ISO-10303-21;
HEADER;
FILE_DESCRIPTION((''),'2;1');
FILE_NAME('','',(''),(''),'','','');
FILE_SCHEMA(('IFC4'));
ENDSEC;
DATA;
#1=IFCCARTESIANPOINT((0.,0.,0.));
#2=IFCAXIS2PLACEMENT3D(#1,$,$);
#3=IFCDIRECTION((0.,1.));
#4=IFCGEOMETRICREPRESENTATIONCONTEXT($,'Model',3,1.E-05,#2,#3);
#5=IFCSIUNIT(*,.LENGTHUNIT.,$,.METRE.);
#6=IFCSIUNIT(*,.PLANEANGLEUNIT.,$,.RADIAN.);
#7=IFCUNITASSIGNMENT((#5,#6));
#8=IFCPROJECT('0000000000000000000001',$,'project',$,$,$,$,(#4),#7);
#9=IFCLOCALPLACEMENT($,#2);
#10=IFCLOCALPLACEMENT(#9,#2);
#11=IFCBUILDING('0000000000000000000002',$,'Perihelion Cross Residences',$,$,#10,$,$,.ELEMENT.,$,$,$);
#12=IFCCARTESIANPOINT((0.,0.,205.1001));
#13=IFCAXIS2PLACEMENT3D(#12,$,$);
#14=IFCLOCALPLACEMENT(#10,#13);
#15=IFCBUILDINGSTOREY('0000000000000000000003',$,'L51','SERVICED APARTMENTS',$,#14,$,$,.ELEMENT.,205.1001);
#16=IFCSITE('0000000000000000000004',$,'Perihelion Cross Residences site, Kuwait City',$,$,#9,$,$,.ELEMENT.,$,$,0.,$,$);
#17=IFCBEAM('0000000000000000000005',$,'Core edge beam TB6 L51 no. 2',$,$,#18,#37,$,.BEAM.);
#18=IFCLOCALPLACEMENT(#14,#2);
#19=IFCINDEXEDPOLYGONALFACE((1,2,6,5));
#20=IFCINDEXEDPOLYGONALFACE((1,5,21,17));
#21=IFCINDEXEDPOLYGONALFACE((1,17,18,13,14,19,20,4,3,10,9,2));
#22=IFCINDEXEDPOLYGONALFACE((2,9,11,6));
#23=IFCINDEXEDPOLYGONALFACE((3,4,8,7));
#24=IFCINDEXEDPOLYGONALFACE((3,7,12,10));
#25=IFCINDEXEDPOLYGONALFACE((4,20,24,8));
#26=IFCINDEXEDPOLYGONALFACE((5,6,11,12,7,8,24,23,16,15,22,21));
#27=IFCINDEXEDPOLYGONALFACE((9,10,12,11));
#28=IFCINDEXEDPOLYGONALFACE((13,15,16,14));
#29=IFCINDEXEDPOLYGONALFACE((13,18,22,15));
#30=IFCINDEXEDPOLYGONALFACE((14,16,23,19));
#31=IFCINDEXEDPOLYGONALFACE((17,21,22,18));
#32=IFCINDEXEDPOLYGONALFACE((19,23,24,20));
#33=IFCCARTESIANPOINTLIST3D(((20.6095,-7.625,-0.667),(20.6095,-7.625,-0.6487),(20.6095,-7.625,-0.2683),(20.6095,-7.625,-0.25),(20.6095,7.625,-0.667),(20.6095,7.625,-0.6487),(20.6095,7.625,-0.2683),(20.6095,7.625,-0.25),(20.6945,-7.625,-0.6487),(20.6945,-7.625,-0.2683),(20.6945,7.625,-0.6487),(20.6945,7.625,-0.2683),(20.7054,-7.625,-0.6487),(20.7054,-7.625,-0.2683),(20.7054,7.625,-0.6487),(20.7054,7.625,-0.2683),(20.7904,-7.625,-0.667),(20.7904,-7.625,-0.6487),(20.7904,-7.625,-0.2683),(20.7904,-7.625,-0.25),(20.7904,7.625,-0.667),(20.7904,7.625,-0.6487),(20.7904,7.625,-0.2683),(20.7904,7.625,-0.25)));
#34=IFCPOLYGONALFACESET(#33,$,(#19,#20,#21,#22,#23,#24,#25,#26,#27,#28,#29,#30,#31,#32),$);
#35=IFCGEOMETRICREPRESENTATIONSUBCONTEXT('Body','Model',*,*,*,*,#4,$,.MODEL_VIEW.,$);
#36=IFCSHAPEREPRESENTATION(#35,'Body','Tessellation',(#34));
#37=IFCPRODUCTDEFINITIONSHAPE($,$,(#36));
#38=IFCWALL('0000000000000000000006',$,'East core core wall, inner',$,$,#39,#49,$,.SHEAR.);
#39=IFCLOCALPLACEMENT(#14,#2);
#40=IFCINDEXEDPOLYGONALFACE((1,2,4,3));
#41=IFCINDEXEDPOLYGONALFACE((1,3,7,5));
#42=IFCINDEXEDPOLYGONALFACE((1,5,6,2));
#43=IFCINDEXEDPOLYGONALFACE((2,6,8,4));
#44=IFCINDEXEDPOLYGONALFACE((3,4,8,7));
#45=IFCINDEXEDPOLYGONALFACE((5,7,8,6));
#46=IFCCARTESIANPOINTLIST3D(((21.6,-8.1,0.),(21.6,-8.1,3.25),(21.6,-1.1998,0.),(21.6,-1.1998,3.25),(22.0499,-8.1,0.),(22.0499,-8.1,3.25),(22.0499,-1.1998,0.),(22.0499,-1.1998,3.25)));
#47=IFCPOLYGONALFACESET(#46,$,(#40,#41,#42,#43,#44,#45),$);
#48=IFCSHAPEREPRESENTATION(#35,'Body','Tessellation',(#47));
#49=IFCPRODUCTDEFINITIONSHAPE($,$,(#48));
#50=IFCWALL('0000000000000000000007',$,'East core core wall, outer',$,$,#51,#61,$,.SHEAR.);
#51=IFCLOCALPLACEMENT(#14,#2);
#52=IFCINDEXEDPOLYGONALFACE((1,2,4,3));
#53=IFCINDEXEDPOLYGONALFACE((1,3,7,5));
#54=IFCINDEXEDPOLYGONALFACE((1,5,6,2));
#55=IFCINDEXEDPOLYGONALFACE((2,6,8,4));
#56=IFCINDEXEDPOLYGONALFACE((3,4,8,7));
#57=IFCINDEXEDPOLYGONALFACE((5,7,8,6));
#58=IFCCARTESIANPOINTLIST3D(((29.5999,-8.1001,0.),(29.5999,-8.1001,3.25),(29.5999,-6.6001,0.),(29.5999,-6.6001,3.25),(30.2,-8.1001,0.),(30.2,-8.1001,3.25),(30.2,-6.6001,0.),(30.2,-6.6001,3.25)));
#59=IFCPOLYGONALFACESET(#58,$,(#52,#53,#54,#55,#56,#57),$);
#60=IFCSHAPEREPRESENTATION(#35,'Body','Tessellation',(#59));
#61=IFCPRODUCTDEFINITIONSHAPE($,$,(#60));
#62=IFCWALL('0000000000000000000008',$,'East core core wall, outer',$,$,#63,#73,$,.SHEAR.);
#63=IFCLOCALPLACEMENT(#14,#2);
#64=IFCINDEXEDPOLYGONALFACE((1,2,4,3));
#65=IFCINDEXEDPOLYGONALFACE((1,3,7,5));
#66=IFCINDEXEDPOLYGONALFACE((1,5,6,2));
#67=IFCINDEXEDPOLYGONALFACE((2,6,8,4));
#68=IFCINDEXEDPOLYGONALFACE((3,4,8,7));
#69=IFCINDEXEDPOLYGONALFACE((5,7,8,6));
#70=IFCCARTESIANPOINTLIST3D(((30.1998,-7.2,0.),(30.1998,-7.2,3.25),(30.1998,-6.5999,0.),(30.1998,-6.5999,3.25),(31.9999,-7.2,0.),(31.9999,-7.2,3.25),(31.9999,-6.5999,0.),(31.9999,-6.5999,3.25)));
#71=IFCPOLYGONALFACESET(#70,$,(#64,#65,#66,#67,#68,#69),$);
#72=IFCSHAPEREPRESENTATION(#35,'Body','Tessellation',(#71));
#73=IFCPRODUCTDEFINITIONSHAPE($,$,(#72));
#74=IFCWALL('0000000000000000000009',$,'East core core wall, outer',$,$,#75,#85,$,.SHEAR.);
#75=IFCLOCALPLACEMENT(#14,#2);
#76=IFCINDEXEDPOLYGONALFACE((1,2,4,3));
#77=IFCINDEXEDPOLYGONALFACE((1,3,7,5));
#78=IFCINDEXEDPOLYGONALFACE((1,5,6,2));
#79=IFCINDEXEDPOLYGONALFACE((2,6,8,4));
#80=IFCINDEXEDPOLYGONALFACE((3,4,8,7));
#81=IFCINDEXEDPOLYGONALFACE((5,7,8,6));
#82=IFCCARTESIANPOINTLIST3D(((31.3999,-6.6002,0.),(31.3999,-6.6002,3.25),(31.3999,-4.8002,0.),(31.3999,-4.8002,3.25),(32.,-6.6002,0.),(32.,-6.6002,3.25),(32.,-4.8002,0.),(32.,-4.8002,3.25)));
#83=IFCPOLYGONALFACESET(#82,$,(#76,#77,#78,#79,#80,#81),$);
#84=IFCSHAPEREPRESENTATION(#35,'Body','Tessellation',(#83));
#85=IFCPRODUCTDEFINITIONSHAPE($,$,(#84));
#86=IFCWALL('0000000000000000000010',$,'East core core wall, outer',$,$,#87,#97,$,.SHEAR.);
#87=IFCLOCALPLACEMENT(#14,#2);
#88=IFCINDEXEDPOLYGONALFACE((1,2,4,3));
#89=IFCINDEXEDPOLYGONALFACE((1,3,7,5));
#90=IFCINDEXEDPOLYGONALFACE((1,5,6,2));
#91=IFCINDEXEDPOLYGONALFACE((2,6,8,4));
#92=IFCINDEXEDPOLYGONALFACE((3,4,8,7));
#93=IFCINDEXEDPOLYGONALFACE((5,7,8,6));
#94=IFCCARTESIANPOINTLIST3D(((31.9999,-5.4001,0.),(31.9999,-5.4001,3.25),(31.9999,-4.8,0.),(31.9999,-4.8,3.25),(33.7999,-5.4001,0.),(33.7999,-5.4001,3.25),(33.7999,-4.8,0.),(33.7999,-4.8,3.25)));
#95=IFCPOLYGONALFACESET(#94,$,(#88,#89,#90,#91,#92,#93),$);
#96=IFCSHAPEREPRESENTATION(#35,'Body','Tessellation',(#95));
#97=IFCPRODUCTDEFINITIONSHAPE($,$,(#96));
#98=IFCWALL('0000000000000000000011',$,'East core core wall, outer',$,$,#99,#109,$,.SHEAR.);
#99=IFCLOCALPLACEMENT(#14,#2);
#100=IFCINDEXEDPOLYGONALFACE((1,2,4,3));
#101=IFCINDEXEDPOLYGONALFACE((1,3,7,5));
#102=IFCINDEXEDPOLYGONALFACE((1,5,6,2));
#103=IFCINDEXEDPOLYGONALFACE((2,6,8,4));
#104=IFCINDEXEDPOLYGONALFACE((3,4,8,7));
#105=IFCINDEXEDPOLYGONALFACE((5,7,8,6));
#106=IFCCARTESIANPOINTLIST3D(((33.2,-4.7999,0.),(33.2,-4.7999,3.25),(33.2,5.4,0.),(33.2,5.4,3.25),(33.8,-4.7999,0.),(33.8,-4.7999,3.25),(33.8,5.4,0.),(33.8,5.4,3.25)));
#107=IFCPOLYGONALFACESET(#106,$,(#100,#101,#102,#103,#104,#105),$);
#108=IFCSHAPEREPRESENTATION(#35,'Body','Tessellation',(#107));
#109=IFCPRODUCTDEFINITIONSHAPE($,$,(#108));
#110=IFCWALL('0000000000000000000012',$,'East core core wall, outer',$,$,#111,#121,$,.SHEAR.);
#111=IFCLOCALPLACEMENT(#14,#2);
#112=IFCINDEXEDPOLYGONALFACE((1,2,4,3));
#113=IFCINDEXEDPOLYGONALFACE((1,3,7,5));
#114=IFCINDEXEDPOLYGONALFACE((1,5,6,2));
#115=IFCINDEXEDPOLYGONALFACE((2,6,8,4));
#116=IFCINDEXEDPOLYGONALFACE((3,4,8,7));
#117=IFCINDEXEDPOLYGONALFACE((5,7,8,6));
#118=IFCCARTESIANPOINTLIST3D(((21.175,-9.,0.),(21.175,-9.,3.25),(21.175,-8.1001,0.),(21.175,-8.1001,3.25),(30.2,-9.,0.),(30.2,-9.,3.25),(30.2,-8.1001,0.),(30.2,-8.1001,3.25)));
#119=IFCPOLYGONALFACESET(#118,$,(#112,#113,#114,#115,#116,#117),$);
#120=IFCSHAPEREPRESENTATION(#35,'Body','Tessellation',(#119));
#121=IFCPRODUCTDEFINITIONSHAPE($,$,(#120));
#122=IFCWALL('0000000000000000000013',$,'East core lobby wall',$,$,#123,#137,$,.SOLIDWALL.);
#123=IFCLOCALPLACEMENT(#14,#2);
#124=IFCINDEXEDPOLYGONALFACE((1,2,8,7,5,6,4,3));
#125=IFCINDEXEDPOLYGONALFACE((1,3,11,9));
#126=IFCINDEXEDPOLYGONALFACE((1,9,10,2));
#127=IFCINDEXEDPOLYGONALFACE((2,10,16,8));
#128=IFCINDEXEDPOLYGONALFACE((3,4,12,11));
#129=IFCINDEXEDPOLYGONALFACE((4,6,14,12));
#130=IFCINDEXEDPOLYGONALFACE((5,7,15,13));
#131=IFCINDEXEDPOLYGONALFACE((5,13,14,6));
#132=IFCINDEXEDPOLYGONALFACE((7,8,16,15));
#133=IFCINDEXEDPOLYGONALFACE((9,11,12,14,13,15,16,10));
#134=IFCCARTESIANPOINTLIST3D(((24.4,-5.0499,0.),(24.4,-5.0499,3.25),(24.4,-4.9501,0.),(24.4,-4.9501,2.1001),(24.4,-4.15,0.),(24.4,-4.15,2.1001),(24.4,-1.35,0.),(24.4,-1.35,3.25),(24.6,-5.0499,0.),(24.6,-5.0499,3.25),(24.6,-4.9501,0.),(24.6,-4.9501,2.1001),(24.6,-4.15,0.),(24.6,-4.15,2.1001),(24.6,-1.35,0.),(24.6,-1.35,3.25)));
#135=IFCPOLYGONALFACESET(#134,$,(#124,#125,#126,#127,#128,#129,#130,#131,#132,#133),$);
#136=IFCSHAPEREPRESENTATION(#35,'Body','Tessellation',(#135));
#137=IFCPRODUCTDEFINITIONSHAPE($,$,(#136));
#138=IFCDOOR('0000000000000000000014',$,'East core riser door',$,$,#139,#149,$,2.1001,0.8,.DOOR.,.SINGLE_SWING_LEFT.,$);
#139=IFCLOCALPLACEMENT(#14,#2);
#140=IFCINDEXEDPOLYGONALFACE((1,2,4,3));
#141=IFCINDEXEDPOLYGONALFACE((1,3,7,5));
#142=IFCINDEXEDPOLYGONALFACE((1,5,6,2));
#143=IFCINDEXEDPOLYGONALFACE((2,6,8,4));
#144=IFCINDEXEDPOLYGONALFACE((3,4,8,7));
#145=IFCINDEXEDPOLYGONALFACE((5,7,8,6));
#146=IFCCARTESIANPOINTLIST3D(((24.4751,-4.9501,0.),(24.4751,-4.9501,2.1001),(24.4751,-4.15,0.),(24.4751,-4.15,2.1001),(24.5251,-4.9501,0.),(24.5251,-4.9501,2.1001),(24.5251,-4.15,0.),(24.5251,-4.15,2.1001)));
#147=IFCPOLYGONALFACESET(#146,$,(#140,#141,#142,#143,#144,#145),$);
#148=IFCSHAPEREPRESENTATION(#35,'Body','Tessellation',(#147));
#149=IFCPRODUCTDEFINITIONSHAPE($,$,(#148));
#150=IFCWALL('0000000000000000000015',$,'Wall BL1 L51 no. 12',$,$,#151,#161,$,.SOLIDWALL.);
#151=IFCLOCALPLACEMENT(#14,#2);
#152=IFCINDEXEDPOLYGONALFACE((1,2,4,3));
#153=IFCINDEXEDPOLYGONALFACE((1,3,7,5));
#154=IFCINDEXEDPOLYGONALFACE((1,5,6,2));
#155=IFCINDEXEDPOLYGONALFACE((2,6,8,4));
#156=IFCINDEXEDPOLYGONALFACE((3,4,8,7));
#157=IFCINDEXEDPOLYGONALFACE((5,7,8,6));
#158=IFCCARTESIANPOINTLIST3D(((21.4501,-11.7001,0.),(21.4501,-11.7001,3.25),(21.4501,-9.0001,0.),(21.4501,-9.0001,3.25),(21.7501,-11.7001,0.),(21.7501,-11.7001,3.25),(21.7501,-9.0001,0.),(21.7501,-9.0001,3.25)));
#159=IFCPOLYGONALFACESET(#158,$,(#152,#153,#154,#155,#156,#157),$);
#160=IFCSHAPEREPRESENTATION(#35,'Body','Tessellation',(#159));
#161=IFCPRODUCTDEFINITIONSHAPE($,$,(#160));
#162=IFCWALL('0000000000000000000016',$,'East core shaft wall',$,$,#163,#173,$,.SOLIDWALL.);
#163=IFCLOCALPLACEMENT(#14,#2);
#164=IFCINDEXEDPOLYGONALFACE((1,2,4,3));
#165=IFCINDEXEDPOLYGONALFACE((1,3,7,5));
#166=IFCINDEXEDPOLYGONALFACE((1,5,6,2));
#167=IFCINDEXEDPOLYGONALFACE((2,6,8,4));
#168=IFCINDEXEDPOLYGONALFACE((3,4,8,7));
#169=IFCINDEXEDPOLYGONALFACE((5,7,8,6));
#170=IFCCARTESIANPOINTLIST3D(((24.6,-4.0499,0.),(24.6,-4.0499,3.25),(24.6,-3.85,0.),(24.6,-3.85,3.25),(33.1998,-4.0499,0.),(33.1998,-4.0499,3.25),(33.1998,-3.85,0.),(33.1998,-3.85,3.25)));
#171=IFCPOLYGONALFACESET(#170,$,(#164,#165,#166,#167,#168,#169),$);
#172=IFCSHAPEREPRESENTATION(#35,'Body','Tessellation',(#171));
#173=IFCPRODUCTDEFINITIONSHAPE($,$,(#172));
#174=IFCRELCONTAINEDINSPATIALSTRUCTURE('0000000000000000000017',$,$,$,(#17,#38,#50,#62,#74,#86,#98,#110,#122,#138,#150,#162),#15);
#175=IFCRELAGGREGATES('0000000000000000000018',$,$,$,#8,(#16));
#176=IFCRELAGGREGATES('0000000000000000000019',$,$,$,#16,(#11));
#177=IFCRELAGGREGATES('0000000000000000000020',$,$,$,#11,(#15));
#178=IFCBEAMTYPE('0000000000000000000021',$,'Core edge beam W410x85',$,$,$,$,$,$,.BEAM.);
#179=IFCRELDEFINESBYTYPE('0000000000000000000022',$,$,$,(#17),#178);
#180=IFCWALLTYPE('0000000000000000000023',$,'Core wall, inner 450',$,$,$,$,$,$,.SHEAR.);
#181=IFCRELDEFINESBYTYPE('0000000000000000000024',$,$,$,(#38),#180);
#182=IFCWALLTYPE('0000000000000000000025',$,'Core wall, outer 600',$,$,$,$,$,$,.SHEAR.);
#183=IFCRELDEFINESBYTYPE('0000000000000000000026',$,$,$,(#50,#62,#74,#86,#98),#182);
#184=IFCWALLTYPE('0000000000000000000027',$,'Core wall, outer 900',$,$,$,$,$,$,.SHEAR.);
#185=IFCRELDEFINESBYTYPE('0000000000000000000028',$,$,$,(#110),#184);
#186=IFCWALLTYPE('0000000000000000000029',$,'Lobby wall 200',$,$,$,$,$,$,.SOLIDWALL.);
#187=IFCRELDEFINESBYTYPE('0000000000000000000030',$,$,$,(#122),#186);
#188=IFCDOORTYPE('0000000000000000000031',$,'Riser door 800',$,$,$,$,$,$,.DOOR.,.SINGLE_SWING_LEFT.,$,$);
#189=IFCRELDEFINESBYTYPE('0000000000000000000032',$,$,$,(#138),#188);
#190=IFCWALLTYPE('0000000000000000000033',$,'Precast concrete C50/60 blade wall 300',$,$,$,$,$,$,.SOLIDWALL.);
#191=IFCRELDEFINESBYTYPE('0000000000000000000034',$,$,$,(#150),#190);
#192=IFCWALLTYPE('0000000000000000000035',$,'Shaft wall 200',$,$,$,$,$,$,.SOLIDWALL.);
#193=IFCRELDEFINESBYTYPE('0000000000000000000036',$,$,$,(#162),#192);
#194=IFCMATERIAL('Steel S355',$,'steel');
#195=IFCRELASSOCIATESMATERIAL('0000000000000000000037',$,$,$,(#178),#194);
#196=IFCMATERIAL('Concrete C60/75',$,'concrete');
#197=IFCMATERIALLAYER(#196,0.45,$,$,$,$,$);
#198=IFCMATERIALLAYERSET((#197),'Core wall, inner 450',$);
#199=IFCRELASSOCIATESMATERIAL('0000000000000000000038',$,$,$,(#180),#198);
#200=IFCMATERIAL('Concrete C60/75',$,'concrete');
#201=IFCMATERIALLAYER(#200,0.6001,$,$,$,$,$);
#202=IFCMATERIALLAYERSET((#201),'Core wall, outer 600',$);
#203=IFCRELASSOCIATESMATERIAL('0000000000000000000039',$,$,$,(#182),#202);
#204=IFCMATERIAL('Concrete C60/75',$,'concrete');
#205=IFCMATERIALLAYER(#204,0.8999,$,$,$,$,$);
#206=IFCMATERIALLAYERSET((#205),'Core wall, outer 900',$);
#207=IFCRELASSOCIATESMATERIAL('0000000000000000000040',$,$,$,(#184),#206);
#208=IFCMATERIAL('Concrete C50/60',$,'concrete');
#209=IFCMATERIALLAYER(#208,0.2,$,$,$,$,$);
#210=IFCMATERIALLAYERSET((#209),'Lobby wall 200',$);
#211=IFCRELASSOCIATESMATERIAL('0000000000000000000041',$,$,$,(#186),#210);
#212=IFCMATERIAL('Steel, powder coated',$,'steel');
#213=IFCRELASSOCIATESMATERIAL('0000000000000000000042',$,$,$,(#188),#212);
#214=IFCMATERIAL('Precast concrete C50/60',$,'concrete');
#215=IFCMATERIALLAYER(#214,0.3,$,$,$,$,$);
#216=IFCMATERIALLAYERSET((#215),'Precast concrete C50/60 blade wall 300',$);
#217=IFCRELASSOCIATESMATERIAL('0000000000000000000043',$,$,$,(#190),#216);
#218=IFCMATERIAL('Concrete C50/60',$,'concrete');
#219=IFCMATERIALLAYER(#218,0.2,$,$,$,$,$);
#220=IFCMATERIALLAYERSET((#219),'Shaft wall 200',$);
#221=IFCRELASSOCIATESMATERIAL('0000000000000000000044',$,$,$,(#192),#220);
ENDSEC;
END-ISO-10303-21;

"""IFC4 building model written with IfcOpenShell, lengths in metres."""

from ifc_helpers import new_model, si_unit, direction, frame, frame_2d, origin, origin_2d, place, context, subcontext, project, spatial, rectangle, i_section, extrude, material, layer, layer_set, material_profile, profile_set, type_object, element, fill, save


model = new_model("IFC4")

# Units and contexts
model_context = context("Model", 3, precision=1e-05, world=origin(), true_north=direction((0.0, 1.0)))
body_context = subcontext(model_context, "Body", "Model", "MODEL_VIEW")
ifc_project = project(units=[si_unit("LENGTHUNIT", "METRE"), si_unit("PLANEANGLEUNIT", "RADIAN")], contexts=[model_context])

# Site, building, storey
site_placement = place(None, origin())
site = spatial("IfcSite", under=ifc_project, at=site_placement, Name="Perihelion Cross Residences site, Kuwait City", CompositionType="ELEMENT", RefElevation=0.0)
building_placement = place(site_placement, origin())
building = spatial("IfcBuilding", under=site, at=building_placement, Name="Perihelion Cross Residences", CompositionType="ELEMENT")
storey_placement = place(building_placement, frame((0.0, 0.0, 205.1001)))
storey = spatial("IfcBuildingStorey", under=building, at=storey_placement, Name="L51", Description="SERVICED APARTMENTS", CompositionType="ELEMENT", Elevation=205.1001)

# Beam
ifc_material_1 = material(Name="Steel S355", Category="steel")
ifc_material_profile_1 = material_profile(ifc_material_1, i_section(OverallWidth=0.1809, OverallDepth=0.417, WebThickness=0.011, FlangeThickness=0.0183, at=origin_2d()), Name="W410x85")
ifc_profile_set_1 = profile_set([ifc_material_profile_1], Name="Steel S355")
beam_type = type_object("IfcBeamType", Name="Core edge beam W410x85", PredefinedType="BEAM", material=ifc_profile_set_1)
beam_placement = place(storey_placement, frame((20.7, -7.625, -0.4585), z_axis=(0.0, 1.0, 0.0), x_axis=(-1.0, 0.0, 0.0)))
element("IfcBeam", 1, at=beam_placement, inside=storey, type_object=beam_type, Name="Core edge beam TB6 L51 no. 2", PredefinedType="BEAM", context=body_context, shape_type="SweptSolid", body=[
    extrude(i_section(OverallWidth=0.1809, OverallDepth=0.417, WebThickness=0.011, FlangeThickness=0.0183, at=origin_2d()), origin(), (0.0, 0.0, 1.0), 15.25),
])

# Walls
ifc_material_2 = material(Name="Concrete C60/75", Category="concrete")
ifc_layer_1 = layer(ifc_material_2, 0.45)
ifc_layer_set_1 = layer_set([ifc_layer_1], Name="Core wall, inner 450")
wall_type_1 = type_object("IfcWallType", Name="Core wall, inner 450", PredefinedType="SHEAR", material=ifc_layer_set_1)
wall_1_placement = place(storey_placement, frame((21.825, -8.1001, 0.0), z_axis=(0.0, 0.0, 1.0), x_axis=(0.0, 1.0, 0.0)))
element("IfcWall", 2, at=wall_1_placement, inside=storey, type_object=wall_type_1, Name="East core core wall, inner", PredefinedType="SHEAR", context=body_context, shape_type="SweptSolid", body=[
    extrude(rectangle(XDim=6.9001, YDim=0.45, at=frame_2d((3.4502, 0.0))), origin(), (0.0, 0.0, 1.0), 3.25),
])
ifc_material_3 = material(Name="Concrete C60/75", Category="concrete")
ifc_layer_2 = layer(ifc_material_3, 0.6001)
ifc_layer_set_2 = layer_set([ifc_layer_2], Name="Core wall, outer 600")
wall_type_2 = type_object("IfcWallType", Name="Core wall, outer 600", PredefinedType="SHEAR", material=ifc_layer_set_2)
wall_2_placement = place(storey_placement, frame((29.8999, -8.1001, 0.0), z_axis=(0.0, 0.0, 1.0), x_axis=(0.0, 1.0, 0.0)))
element("IfcWall", 3, at=wall_2_placement, inside=storey, type_object=wall_type_2, Name="East core core wall, outer", PredefinedType="SHEAR", context=body_context, shape_type="SweptSolid", body=[
    extrude(rectangle(XDim=1.5, YDim=0.6001, at=frame_2d((0.75, 0.0))), origin(), (0.0, 0.0, 1.0), 3.25),
])
for number, where, z_axis, x_axis, name in (
    (4, (30.2, -6.8999, 0.0), (0.0, 0.0, 1.0), (1.0, 0.0, 0.0), "East core core wall, outer"),
    (5, (31.7, -6.6001, 0.0), (0.0, 0.0, 1.0), (0.0, 1.0, 0.0), "East core core wall, outer"),
    (6, (32.0, -5.1001, 0.0), (0.0, 0.0, 1.0), (1.0, 0.0, 0.0), "East core core wall, outer"),
):
    element("IfcWall", number, at=place(storey_placement, frame(where, z_axis=z_axis, x_axis=x_axis)), inside=storey, type_object=wall_type_2, Name=name, PredefinedType="SHEAR", context=body_context, shape_type="SweptSolid", body=[
        extrude(rectangle(XDim=1.8, YDim=0.6001, at=frame_2d((0.8999, 0.0))), origin(), (0.0, 0.0, 1.0), 3.25),
    ])
wall_3_placement = place(storey_placement, frame((33.5, -4.8, 0.0), z_axis=(0.0, 0.0, 1.0), x_axis=(0.0, 1.0, 0.0)))
element("IfcWall", 7, at=wall_3_placement, inside=storey, type_object=wall_type_2, Name="East core core wall, outer", PredefinedType="SHEAR", context=body_context, shape_type="SweptSolid", body=[
    extrude(rectangle(XDim=10.2, YDim=0.6001, at=frame_2d((5.1001, 0.0))), origin(), (0.0, 0.0, 1.0), 3.25),
])
ifc_material_4 = material(Name="Concrete C60/75", Category="concrete")
ifc_layer_3 = layer(ifc_material_4, 0.8999)
ifc_layer_set_3 = layer_set([ifc_layer_3], Name="Core wall, outer 900")
wall_type_3 = type_object("IfcWallType", Name="Core wall, outer 900", PredefinedType="SHEAR", material=ifc_layer_set_3)
wall_4_placement = place(storey_placement, frame((21.175, -8.55, 0.0), z_axis=(0.0, 0.0, 1.0), x_axis=(1.0, 0.0, 0.0)))
element("IfcWall", 8, at=wall_4_placement, inside=storey, type_object=wall_type_3, Name="East core core wall, outer", PredefinedType="SHEAR", context=body_context, shape_type="SweptSolid", body=[
    extrude(rectangle(XDim=9.0249, YDim=0.8999, at=frame_2d((4.5125, 0.0))), origin(), (0.0, 0.0, 1.0), 3.25),
])

# Wall, opening, door
ifc_material_5 = material(Name="Concrete C50/60", Category="concrete")
ifc_layer_4 = layer(ifc_material_5, 0.2)
ifc_layer_set_4 = layer_set([ifc_layer_4], Name="Lobby wall 200")
wall_type_4 = type_object("IfcWallType", Name="Lobby wall 200", PredefinedType="SOLIDWALL", material=ifc_layer_set_4)
wall_5_placement = place(storey_placement, frame((24.5, -5.05, 0.0), z_axis=(0.0, 0.0, 1.0), x_axis=(0.0, 1.0, 0.0)))
wall_5 = element("IfcWall", 9, at=wall_5_placement, inside=storey, type_object=wall_type_4, Name="East core lobby wall", PredefinedType="SOLIDWALL", context=body_context, shape_type="SweptSolid", body=[
    extrude(rectangle(XDim=3.7, YDim=0.2, at=frame_2d((1.8501, 0.0))), origin(), (0.0, 0.0, 1.0), 3.25),
])
opening_1_placement = place(wall_5_placement, frame((0.1001, 0.0, 0.0)))
opening_1 = element("IfcOpeningElement", 10, at=opening_1_placement, cuts=wall_5, PredefinedType="OPENING", context=body_context, shape_type="SweptSolid", body=[
    extrude(rectangle(XDim=0.8, YDim=2.1001, at=frame_2d((0.3999, 1.05))), frame((0.0, 0.1099, 0.0), z_axis=(0.0, -1.0, 0.0), x_axis=(1.0, 0.0, 0.0)), (0.0, 0.0, 1.0), 0.22),
])
ifc_material_6 = material(Name="Steel, powder coated", Category="steel")
door_type_1 = type_object("IfcDoorType", Name="Riser door 800", OperationType="SINGLE_SWING_LEFT", PredefinedType="DOOR", material=ifc_material_6)
door_1_placement = place(opening_1_placement, origin())
door_1 = element("IfcDoor", 11, at=door_1_placement, inside=storey, type_object=door_type_1, Name="East core riser door", OperationType="SINGLE_SWING_LEFT", OverallHeight=2.1001, OverallWidth=0.8, PredefinedType="DOOR", context=body_context, shape_type="SweptSolid", body=[
    extrude(rectangle(XDim=0.8, YDim=2.1001, at=frame_2d((0.3999, 1.05))), frame((0.0, 0.0249, 0.0), z_axis=(0.0, -1.0, 0.0), x_axis=(1.0, 0.0, 0.0)), (0.0, 0.0, 1.0), 0.05),
])
fill(opening_1, door_1)

# Walls
ifc_material_7 = material(Name="Precast concrete C50/60", Category="concrete")
ifc_layer_5 = layer(ifc_material_7, 0.3)
ifc_layer_set_5 = layer_set([ifc_layer_5], Name="Precast concrete C50/60 blade wall 300")
wall_type_5 = type_object("IfcWallType", Name="Precast concrete C50/60 blade wall 300", PredefinedType="SOLIDWALL", material=ifc_layer_set_5)
wall_6_placement = place(storey_placement, frame((21.6001, -9.0, 0.0), z_axis=(0.0, 0.0, 1.0), x_axis=(0.0, -1.0, 0.0)))
element("IfcWall", 12, at=wall_6_placement, inside=storey, type_object=wall_type_5, Name="Wall BL1 L51 no. 12", PredefinedType="SOLIDWALL", context=body_context, shape_type="SweptSolid", body=[
    extrude(rectangle(XDim=2.7, YDim=0.3, at=frame_2d((1.3501, 0.0))), origin(), (0.0, 0.0, 1.0), 3.25),
])
ifc_material_8 = material(Name="Concrete C50/60", Category="concrete")
ifc_layer_6 = layer(ifc_material_8, 0.2)
ifc_layer_set_6 = layer_set([ifc_layer_6], Name="Shaft wall 200")
wall_type_6 = type_object("IfcWallType", Name="Shaft wall 200", PredefinedType="SOLIDWALL", material=ifc_layer_set_6)
wall_7_placement = place(storey_placement, frame((24.6001, -3.95, 0.0), z_axis=(0.0, 0.0, 1.0), x_axis=(1.0, 0.0, 0.0)))
element("IfcWall", 13, at=wall_7_placement, inside=storey, type_object=wall_type_6, Name="East core shaft wall", PredefinedType="SOLIDWALL", context=body_context, shape_type="SweptSolid", body=[
    extrude(rectangle(XDim=8.5999, YDim=0.2, at=frame_2d((4.2998, 0.0))), origin(), (0.0, 0.0, 1.0), 3.25),
])

save(model, "model.ifc")
